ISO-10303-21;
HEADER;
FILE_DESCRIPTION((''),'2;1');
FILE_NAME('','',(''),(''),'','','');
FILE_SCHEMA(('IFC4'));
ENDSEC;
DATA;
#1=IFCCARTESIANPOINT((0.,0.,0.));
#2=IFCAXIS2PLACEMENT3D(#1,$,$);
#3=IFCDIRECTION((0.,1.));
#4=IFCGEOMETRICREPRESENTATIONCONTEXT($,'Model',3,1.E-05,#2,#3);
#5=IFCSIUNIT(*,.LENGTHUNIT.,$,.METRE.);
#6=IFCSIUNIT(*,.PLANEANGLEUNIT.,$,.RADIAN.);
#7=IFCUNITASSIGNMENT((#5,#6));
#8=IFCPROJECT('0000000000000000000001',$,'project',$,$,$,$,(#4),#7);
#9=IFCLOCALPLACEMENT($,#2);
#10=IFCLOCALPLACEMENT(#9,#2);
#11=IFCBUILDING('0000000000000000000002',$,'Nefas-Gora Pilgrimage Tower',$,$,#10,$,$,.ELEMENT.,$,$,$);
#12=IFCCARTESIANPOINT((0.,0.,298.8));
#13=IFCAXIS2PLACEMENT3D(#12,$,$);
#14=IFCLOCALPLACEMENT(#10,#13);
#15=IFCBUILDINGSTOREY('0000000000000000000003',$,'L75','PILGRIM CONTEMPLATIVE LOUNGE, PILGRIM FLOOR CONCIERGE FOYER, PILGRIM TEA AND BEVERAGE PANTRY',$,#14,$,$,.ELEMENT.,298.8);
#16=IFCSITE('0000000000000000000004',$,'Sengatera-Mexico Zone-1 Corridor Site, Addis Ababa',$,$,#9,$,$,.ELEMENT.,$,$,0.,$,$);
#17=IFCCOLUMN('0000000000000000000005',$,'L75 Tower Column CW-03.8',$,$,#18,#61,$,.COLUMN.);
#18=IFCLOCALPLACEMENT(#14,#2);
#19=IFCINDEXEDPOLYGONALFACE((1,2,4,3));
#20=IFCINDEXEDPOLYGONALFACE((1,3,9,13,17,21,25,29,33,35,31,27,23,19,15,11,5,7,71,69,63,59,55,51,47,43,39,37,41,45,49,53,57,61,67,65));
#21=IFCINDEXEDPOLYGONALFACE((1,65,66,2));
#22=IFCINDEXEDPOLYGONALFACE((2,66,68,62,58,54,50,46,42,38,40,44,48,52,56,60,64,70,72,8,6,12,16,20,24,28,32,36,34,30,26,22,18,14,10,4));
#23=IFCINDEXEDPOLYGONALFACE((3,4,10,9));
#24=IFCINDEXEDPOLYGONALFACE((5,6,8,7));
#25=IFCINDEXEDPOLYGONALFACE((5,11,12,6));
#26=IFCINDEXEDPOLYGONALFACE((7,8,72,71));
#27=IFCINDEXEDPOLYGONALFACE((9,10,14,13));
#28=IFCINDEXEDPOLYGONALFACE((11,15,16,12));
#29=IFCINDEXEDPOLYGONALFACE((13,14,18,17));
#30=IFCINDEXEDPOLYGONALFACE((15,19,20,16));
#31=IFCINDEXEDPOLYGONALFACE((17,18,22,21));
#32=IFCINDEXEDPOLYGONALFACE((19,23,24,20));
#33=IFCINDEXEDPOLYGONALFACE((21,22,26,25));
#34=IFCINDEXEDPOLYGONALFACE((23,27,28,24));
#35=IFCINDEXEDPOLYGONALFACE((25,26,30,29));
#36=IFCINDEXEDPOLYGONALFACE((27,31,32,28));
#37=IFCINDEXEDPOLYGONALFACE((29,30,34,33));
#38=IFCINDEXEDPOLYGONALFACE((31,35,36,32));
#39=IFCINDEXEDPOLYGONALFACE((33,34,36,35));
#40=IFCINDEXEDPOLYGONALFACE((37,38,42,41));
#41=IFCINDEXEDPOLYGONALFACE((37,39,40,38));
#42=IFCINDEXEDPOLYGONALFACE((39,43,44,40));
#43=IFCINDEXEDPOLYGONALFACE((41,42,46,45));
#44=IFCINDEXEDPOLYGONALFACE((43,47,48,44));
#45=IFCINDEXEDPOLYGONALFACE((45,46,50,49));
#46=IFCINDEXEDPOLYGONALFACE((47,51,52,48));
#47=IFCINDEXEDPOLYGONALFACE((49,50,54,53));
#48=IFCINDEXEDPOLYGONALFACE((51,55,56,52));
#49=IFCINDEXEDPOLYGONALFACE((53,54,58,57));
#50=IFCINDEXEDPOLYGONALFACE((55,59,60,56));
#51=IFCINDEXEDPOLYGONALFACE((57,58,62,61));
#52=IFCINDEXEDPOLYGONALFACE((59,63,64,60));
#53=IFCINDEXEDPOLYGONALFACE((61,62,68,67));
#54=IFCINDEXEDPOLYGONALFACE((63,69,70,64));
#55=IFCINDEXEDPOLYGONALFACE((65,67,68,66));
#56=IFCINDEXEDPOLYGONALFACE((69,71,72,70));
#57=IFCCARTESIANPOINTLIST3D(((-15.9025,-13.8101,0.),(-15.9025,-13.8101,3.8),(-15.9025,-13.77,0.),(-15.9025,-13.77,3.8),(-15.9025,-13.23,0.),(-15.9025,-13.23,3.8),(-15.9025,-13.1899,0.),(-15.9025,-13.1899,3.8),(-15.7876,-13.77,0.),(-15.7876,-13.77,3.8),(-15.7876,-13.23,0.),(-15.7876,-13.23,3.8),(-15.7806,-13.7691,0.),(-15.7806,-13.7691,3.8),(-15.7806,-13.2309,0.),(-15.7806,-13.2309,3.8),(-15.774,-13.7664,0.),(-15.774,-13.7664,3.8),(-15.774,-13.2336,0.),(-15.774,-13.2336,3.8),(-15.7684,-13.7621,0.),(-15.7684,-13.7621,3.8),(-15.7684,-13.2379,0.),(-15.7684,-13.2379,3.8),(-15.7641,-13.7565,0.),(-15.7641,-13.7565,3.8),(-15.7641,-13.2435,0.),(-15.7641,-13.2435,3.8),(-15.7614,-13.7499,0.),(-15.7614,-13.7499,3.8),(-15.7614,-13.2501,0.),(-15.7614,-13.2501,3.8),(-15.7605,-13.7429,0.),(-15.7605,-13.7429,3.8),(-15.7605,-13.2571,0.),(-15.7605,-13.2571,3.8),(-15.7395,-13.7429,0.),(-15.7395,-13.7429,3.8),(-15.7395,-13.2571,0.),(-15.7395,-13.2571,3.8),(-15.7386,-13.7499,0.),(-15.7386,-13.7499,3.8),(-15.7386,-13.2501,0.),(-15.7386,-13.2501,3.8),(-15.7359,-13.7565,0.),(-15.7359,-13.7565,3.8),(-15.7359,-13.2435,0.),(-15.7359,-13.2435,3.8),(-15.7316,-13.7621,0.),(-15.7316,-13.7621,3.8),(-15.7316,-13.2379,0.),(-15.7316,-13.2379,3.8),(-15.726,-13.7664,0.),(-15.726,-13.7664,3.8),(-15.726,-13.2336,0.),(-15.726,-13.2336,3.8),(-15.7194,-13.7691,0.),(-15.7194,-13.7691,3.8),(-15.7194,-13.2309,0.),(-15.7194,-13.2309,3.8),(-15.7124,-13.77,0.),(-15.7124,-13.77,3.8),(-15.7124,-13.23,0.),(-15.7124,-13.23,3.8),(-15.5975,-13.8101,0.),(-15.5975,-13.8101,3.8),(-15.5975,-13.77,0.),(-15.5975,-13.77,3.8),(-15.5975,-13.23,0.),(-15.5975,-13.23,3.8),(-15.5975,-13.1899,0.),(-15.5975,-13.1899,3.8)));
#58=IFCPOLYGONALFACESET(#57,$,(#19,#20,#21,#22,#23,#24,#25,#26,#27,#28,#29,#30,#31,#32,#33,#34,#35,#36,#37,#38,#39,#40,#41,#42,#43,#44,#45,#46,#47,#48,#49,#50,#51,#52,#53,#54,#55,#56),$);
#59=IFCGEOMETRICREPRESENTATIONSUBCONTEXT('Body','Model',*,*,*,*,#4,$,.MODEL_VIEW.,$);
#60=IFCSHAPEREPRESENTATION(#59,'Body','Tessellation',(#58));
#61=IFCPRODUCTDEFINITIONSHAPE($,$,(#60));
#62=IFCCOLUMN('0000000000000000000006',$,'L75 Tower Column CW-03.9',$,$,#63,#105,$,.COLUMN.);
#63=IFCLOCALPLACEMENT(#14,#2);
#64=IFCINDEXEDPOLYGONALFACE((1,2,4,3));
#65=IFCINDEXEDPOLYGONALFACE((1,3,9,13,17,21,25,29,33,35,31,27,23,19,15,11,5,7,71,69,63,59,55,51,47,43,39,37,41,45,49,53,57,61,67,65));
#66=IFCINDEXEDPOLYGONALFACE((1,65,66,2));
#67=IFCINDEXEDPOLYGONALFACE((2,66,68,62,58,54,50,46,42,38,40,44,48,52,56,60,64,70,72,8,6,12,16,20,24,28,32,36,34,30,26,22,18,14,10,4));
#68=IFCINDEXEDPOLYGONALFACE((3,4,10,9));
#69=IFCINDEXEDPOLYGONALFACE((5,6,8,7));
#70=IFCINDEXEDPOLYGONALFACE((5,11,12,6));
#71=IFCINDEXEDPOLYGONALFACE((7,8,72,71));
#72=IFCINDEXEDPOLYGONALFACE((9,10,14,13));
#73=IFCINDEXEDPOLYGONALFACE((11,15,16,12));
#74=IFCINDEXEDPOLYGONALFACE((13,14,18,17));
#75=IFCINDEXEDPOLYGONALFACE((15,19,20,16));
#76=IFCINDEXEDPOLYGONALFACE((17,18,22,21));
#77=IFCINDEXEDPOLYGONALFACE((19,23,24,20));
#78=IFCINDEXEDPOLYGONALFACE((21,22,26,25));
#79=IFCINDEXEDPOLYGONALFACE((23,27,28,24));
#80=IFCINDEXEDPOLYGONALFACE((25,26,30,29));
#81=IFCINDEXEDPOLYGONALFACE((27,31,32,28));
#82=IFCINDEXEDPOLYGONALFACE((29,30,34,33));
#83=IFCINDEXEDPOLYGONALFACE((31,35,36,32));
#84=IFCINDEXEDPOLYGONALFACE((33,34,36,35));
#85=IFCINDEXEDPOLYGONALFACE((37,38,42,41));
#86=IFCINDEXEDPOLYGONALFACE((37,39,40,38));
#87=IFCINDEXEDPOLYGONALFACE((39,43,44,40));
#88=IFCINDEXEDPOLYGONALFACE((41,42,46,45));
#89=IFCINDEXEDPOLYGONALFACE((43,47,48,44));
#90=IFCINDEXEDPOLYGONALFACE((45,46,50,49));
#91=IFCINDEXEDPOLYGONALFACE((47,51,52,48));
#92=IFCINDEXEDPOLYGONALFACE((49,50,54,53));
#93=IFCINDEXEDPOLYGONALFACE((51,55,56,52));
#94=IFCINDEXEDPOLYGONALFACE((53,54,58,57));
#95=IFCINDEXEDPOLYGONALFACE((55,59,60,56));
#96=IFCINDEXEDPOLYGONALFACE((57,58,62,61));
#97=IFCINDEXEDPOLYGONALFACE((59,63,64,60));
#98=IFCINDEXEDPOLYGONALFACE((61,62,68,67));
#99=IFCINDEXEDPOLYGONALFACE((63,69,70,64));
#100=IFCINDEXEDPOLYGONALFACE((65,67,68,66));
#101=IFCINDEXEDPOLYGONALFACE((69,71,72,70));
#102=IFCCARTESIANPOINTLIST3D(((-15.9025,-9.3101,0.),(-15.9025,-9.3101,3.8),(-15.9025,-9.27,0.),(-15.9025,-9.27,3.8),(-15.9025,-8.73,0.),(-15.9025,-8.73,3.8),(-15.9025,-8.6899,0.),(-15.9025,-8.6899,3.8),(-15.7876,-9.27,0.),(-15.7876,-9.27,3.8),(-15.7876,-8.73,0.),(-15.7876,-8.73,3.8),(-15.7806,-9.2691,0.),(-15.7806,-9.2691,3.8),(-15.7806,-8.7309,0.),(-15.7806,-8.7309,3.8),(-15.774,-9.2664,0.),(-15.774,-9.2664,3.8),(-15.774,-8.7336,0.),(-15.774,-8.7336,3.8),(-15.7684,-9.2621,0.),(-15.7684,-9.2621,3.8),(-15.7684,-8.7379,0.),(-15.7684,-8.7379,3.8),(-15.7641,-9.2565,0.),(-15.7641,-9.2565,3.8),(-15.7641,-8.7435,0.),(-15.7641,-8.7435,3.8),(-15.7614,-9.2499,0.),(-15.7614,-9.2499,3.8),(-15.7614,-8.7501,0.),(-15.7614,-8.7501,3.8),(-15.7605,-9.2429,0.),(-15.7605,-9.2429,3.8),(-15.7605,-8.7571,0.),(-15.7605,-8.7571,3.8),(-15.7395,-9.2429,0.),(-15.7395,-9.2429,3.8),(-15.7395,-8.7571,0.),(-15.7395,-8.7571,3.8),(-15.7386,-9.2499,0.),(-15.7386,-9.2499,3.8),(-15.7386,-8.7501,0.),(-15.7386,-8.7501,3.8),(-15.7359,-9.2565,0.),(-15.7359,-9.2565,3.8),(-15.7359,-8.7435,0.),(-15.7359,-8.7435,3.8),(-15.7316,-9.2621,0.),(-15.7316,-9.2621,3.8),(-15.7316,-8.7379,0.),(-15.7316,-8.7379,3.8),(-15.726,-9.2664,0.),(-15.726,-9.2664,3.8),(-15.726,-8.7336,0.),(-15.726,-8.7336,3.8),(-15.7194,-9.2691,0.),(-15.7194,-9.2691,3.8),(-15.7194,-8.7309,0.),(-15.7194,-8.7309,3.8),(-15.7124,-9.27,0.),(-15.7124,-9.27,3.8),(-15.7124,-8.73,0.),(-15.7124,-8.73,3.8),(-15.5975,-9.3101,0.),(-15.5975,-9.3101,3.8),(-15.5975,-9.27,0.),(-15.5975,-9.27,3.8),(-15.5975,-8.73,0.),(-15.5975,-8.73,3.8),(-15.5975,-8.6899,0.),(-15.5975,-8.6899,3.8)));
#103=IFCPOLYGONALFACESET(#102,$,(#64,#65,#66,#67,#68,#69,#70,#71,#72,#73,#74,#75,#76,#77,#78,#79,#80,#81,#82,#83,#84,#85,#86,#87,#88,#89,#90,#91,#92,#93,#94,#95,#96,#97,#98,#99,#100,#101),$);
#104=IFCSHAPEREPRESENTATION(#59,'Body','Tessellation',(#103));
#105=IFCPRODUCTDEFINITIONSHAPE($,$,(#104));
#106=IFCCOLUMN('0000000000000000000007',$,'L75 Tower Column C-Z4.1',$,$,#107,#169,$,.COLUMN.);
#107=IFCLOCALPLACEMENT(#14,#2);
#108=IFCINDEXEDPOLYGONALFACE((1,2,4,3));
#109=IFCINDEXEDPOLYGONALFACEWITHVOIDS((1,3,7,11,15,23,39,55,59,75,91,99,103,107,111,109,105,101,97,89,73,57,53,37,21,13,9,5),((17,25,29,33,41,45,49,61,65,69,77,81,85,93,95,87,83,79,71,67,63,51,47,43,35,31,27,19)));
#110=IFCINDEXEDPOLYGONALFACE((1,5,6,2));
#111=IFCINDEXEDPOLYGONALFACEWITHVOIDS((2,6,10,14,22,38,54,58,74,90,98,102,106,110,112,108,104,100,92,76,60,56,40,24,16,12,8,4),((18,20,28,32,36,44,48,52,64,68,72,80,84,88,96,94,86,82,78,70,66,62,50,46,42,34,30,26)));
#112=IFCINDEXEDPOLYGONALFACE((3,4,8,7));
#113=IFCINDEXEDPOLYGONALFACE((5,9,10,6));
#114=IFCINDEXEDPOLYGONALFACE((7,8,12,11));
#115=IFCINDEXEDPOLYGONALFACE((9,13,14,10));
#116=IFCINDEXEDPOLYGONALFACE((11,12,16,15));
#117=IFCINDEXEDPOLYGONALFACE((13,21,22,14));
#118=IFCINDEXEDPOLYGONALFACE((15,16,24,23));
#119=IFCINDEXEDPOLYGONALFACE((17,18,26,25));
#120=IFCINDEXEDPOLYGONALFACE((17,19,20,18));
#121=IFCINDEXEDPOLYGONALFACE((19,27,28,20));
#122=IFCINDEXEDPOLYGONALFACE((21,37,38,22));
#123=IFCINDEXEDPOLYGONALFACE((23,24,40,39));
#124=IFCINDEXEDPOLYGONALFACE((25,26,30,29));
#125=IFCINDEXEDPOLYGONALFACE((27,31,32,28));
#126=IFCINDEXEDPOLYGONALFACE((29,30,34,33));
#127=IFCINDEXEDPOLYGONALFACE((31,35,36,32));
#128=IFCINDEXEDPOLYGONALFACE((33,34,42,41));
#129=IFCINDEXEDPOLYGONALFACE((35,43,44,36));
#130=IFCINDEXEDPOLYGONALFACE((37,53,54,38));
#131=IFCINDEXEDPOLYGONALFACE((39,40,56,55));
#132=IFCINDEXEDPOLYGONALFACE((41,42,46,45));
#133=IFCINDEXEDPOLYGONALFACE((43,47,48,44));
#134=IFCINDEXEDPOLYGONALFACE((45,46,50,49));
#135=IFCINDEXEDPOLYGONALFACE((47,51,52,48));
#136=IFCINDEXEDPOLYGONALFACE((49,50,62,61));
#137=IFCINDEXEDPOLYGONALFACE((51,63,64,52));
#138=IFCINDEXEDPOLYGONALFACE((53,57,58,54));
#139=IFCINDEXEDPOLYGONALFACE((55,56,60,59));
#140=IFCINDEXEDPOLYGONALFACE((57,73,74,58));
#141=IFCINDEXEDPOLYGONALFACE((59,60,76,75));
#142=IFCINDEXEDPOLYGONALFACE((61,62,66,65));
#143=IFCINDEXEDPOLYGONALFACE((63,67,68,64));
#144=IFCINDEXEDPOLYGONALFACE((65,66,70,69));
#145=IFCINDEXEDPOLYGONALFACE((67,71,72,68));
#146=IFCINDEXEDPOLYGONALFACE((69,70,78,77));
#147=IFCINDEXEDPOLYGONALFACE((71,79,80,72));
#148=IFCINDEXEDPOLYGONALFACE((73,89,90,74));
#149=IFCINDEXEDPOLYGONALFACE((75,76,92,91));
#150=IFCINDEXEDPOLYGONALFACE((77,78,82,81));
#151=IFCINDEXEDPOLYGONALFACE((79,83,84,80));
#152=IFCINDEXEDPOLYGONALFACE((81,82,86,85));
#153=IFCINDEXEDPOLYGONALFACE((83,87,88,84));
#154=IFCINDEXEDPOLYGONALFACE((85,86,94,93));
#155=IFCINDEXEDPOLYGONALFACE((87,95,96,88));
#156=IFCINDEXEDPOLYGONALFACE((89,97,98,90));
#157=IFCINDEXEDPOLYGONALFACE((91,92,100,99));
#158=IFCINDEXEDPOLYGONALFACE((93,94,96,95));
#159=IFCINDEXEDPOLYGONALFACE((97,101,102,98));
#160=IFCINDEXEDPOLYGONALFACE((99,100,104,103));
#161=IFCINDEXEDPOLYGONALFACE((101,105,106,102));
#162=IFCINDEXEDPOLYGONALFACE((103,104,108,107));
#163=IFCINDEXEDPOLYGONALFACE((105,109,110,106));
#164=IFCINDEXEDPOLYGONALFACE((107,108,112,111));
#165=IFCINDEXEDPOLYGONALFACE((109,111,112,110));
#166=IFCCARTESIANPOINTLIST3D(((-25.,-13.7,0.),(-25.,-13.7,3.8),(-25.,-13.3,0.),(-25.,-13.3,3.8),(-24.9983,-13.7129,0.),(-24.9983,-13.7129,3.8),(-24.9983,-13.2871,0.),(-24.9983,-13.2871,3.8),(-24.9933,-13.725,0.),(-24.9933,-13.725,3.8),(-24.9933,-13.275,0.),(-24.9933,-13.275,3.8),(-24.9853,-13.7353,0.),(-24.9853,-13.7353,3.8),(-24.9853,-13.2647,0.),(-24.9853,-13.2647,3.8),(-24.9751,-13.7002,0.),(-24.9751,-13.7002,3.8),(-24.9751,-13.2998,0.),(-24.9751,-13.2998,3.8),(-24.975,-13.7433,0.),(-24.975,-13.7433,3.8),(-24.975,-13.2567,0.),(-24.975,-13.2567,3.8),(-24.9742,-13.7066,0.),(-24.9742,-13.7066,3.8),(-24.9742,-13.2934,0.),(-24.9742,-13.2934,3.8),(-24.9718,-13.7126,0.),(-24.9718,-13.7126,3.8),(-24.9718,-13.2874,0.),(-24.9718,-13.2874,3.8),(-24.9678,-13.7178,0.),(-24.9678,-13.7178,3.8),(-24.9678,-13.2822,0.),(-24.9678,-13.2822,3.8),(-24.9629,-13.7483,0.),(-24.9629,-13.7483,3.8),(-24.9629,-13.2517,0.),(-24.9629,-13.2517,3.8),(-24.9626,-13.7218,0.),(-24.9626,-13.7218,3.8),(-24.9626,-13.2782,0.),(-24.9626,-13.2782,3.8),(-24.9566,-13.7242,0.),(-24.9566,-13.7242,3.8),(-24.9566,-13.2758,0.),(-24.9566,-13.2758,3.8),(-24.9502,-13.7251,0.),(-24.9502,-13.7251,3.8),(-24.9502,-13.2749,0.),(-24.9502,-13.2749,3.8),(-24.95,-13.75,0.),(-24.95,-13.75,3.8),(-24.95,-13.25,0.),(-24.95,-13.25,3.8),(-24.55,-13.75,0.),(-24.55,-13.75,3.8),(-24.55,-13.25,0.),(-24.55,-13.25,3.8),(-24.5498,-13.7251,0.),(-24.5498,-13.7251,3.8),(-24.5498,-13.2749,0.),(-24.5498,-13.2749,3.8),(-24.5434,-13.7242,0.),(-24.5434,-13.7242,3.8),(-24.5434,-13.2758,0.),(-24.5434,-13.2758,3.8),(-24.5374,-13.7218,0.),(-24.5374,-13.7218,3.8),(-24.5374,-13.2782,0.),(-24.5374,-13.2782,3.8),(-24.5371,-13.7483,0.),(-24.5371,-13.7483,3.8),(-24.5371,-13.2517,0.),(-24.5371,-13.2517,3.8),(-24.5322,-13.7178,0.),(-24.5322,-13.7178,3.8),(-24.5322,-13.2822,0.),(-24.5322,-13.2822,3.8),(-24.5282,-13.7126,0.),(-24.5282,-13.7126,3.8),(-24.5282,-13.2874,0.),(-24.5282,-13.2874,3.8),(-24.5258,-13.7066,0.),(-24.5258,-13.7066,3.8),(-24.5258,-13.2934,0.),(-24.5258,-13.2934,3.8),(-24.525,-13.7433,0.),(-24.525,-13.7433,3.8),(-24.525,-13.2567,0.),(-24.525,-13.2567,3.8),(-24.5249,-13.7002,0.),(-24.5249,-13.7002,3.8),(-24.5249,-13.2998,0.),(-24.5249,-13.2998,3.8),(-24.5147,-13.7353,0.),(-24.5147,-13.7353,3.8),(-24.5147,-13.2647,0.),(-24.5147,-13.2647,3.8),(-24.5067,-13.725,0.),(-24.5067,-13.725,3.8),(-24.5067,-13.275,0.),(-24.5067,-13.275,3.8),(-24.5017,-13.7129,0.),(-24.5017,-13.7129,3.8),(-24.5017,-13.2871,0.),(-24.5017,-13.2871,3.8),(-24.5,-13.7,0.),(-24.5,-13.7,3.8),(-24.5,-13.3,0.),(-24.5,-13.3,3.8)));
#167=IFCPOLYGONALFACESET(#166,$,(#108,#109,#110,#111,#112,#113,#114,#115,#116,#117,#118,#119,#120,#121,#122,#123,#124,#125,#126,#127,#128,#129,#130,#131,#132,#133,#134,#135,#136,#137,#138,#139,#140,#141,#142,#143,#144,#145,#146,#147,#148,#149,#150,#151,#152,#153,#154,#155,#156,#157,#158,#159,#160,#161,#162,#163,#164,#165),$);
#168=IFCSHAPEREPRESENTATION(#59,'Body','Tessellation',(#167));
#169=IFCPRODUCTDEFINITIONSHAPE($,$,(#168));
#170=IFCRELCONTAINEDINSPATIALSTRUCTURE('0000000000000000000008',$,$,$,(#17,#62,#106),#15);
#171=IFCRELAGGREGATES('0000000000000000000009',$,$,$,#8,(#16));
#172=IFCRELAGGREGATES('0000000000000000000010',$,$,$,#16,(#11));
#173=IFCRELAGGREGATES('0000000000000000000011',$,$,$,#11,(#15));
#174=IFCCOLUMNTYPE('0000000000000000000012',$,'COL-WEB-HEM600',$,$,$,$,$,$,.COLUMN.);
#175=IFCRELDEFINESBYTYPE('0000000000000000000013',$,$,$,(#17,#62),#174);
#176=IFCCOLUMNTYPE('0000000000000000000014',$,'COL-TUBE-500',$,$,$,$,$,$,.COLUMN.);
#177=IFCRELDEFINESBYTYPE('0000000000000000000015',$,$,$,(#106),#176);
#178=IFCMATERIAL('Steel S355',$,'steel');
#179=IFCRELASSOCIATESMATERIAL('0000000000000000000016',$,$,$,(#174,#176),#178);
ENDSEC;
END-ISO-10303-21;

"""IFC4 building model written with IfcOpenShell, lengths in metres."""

from ifc_helpers import new_model, si_unit, direction, frame, origin, origin_2d, place, context, subcontext, project, spatial, hollow_rectangle, i_section, extrude, source, transform, mapped, material, material_profile, profile_set, type_object, element, save


model = new_model("IFC4")

# Units and contexts
model_context = context("Model", 3, precision=1e-05, world=origin(), true_north=direction((0.0, 1.0)))
body_context = subcontext(model_context, "Body", "Model", "MODEL_VIEW")
ifc_project = project(units=[si_unit("LENGTHUNIT", "METRE"), si_unit("PLANEANGLEUNIT", "RADIAN")], contexts=[model_context])

# Site, building, storey
site_placement = place(None, origin())
site = spatial("IfcSite", under=ifc_project, at=site_placement, Name="Sengatera-Mexico Zone-1 Corridor Site, Addis Ababa", CompositionType="ELEMENT", RefElevation=0.0)
building_placement = place(site_placement, origin())
building = spatial("IfcBuilding", under=site, at=building_placement, Name="Nefas-Gora Pilgrimage Tower", CompositionType="ELEMENT")
storey_placement = place(building_placement, frame((0.0, 0.0, 298.8)))
storey = spatial("IfcBuildingStorey", under=building, at=storey_placement, Name="L75", Description="PILGRIM CONTEMPLATIVE LOUNGE, PILGRIM FLOOR CONCIERGE FOYER, PILGRIM TEA AND BEVERAGE PANTRY", CompositionType="ELEMENT", Elevation=298.8)

# Columns
ifc_material_1 = material(Name="Steel S355", Category="steel")
ifc_material_profile_1 = material_profile(ifc_material_1, i_section(OverallWidth=0.3049, OverallDepth=0.6201, WebThickness=0.021, FlangeThickness=0.04, FilletRadius=0.0271, at=origin_2d()), Name="HEM 600")
ifc_profile_set_1 = profile_set([ifc_material_profile_1], Name="Steel S355")
column_type_1 = type_object("IfcColumnType", Name="COL-WEB-HEM600", PredefinedType="COLUMN", material=ifc_profile_set_1)
shared_shape_1 = source(origin(), body_context, "Body", "SweptSolid", [
    extrude(i_section(OverallWidth=0.3049, OverallDepth=0.6201, WebThickness=0.021, FlangeThickness=0.04, FilletRadius=0.0271, at=origin_2d()), origin(), (0.0, 0.0, 1.0), 3.8),
])
for number, where, z_axis, x_axis, name in (
    (1, (-15.75, -13.5, 0.0), (0.0, 0.0, 1.0), (1.0, 0.0, 0.0), "L75 Tower Column CW-03.8"),
    (2, (-15.75, -9.0, 0.0), (0.0, 0.0, 1.0), (1.0, 0.0, 0.0), "L75 Tower Column CW-03.9"),
):
    element("IfcColumn", number, at=place(storey_placement, frame(where, z_axis=z_axis, x_axis=x_axis)), inside=storey, type_object=column_type_1, Name=name, PredefinedType="COLUMN", context=body_context, shape_type="MappedRepresentation", body=[
        mapped(shared_shape_1, transform((0.0, 0.0, 0.0), x_axis=(1.0, 0.0, 0.0), y_axis=(0.0, 1.0, 0.0), z_axis=(0.0, 0.0, 1.0), scale=1.0)),
    ])
ifc_material_profile_2 = material_profile(ifc_material_1, hollow_rectangle(XDim=0.5, YDim=0.5, WallThickness=0.0249, InnerFilletRadius=0.0249, OuterFilletRadius=0.05, at=origin_2d()), Name="SHS 500x500x25")
ifc_profile_set_2 = profile_set([ifc_material_profile_2], Name="Steel S355")
column_type_2 = type_object("IfcColumnType", Name="COL-TUBE-500", PredefinedType="COLUMN", material=ifc_profile_set_2)
shared_shape_2 = source(origin(), body_context, "Body", "SweptSolid", [
    extrude(hollow_rectangle(XDim=0.5, YDim=0.5, WallThickness=0.0249, InnerFilletRadius=0.0249, OuterFilletRadius=0.05, at=origin_2d()), origin(), (0.0, 0.0, 1.0), 3.8),
])
for number, where, z_axis, x_axis, name in (
    (3, (-24.75, -13.5, 0.0), (0.0, 0.0, 1.0), (1.0, 0.0, 0.0), "L75 Tower Column C-Z4.1"),
):
    element("IfcColumn", number, at=place(storey_placement, frame(where, z_axis=z_axis, x_axis=x_axis)), inside=storey, type_object=column_type_2, Name=name, PredefinedType="COLUMN", context=body_context, shape_type="MappedRepresentation", body=[
        mapped(shared_shape_2, transform((0.0, 0.0, 0.0), x_axis=(1.0, 0.0, 0.0), y_axis=(0.0, 1.0, 0.0), z_axis=(0.0, 0.0, 1.0), scale=1.0)),
    ])

save(model, "model.ifc")
